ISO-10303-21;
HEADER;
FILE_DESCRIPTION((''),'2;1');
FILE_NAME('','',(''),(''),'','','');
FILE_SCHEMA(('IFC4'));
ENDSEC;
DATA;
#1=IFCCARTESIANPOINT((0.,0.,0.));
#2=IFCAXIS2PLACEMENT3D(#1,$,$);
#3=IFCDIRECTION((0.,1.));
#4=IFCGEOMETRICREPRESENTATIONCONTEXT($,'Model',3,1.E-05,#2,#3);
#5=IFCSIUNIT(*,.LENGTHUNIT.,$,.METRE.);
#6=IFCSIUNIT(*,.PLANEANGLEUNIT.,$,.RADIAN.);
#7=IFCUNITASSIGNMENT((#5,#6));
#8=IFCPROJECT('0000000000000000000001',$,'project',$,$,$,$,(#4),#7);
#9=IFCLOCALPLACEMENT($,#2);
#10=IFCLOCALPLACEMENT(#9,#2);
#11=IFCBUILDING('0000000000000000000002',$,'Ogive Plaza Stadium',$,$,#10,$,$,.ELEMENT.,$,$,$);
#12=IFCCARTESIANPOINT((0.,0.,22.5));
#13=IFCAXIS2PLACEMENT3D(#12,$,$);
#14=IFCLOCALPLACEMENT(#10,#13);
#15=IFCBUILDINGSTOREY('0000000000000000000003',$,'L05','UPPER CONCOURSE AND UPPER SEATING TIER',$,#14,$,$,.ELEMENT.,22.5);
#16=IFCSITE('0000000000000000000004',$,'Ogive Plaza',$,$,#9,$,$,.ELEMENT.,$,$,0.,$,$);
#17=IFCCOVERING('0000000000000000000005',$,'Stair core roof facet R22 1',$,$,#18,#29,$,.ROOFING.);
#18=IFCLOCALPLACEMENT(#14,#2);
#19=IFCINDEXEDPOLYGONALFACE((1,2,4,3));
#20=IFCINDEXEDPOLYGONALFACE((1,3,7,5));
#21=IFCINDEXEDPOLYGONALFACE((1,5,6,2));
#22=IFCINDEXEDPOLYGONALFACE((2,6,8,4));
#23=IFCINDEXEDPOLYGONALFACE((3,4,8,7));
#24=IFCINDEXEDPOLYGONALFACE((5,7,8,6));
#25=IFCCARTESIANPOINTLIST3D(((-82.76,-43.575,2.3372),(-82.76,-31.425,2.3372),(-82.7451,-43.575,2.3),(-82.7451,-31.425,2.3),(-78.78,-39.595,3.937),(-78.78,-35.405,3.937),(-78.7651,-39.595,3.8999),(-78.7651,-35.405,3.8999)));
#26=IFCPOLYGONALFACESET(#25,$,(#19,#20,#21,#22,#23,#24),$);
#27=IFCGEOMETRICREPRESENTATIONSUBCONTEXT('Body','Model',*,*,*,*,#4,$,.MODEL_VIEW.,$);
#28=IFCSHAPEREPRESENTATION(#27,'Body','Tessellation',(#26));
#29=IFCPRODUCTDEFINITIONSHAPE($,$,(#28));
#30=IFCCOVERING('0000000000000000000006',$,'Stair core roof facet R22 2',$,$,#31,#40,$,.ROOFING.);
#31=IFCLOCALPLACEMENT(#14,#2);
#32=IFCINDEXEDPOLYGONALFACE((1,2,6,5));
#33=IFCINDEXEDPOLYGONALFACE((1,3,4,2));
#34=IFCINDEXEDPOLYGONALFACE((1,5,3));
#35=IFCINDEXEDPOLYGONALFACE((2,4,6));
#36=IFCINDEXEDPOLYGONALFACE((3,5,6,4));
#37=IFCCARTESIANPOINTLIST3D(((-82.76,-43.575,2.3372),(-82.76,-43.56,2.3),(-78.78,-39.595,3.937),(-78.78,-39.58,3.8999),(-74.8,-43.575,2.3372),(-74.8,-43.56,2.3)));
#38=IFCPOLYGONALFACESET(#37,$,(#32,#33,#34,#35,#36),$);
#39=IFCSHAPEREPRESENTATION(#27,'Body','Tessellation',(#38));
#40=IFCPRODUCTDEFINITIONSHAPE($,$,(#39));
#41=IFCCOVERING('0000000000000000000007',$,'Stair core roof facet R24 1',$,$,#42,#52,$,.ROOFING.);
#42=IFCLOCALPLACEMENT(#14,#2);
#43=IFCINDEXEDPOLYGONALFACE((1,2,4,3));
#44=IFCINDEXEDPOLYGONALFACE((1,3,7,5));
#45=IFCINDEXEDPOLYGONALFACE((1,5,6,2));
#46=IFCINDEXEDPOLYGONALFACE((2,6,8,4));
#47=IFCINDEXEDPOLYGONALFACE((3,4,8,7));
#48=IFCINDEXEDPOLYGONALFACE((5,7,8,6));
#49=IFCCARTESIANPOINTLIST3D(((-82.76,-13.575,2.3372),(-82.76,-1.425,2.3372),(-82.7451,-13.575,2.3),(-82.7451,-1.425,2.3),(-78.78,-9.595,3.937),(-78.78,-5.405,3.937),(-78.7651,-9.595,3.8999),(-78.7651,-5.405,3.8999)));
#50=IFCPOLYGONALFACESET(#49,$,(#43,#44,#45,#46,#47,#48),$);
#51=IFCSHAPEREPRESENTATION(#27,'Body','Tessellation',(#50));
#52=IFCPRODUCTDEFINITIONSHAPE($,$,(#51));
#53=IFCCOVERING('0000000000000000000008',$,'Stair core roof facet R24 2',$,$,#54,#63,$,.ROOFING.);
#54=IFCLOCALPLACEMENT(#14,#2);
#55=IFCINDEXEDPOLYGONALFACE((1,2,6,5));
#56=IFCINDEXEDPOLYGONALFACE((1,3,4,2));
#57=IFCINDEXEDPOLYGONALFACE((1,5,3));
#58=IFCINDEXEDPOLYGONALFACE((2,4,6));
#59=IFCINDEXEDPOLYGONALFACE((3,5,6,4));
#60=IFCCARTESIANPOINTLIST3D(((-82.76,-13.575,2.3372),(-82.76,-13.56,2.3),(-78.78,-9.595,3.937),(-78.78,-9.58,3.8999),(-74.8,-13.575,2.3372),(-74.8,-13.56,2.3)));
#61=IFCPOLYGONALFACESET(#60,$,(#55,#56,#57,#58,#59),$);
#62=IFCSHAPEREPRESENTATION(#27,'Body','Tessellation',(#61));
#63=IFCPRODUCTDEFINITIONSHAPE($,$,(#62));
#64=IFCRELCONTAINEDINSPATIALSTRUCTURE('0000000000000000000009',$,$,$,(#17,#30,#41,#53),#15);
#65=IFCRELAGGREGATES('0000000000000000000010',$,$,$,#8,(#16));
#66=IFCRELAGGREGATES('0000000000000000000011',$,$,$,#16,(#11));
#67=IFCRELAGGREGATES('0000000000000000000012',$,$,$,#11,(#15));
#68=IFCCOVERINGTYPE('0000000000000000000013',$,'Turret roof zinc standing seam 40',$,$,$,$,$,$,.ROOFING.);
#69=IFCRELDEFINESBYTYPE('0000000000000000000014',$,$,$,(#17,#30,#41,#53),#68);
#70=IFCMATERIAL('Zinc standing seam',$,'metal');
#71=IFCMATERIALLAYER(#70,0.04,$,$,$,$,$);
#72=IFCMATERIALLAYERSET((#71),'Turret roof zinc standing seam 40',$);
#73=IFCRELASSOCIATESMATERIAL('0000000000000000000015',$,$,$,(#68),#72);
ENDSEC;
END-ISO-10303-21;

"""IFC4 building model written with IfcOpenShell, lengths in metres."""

from ifc_helpers import new_model, si_unit, direction, frame, origin, place, context, subcontext, project, spatial, polyline, outline, extrude, material, layer, layer_set, type_object, element, save


model = new_model("IFC4")

# Units and contexts
model_context = context("Model", 3, precision=1e-05, world=origin(), true_north=direction((0.0, 1.0)))
body_context = subcontext(model_context, "Body", "Model", "MODEL_VIEW")
ifc_project = project(units=[si_unit("LENGTHUNIT", "METRE"), si_unit("PLANEANGLEUNIT", "RADIAN")], contexts=[model_context])

# Site, building, storey
site_placement = place(None, origin())
site = spatial("IfcSite", under=ifc_project, at=site_placement, Name="Ogive Plaza", CompositionType="ELEMENT", RefElevation=0.0)
building_placement = place(site_placement, origin())
building = spatial("IfcBuilding", under=site, at=building_placement, Name="Ogive Plaza Stadium", CompositionType="ELEMENT")
storey_placement = place(building_placement, frame((0.0, 0.0, 22.5)))
storey = spatial("IfcBuildingStorey", under=building, at=storey_placement, Name="L05", Description="UPPER CONCOURSE AND UPPER SEATING TIER", CompositionType="ELEMENT", Elevation=22.5)

# Coverings
ifc_material_1 = material(Name="Zinc standing seam", Category="metal")
ifc_layer_1 = layer(ifc_material_1, 0.04)
ifc_layer_set_1 = layer_set([ifc_layer_1], Name="Turret roof zinc standing seam 40")
covering_type_1 = type_object("IfcCoveringType", Name="Turret roof zinc standing seam 40", PredefinedType="ROOFING", material=ifc_layer_set_1)
covering_1_placement = place(storey_placement, frame((-82.76, -31.425, 2.3372), z_axis=(-0.37297, 0.0, 0.927843), x_axis=(0.0, -1.0, 0.0)))
element("IfcCovering", 1, at=covering_1_placement, inside=storey, type_object=covering_type_1, Name="Stair core roof facet R22 1", PredefinedType="ROOFING", context=body_context, shape_type="SweptSolid", body=[
    extrude(outline(polyline([(0.0, 0.0), (12.1499, 0.0), (8.1699, 4.2895), (3.98, 4.2895), (0.0, 0.0)])), origin(), (0.0, 0.0, -1.0), 0.04),
])
covering_2_placement = place(storey_placement, frame((-82.76, -43.575, 2.3372), z_axis=(0.0, -0.37297, 0.927843), x_axis=(1.0, 0.0, 0.0)))
element("IfcCovering", 2, at=covering_2_placement, inside=storey, type_object=covering_type_1, Name="Stair core roof facet R22 2", PredefinedType="ROOFING", context=body_context, shape_type="SweptSolid", body=[
    extrude(outline(polyline([(0.0, 0.0), (7.96, 0.0), (3.98, 4.2895), (0.0, 0.0)])), origin(), (0.0, 0.0, -1.0), 0.04),
])
covering_3_placement = place(storey_placement, frame((-82.76, -1.425, 2.3372), z_axis=(-0.37297, 0.0, 0.927843), x_axis=(0.0, -1.0, 0.0)))
element("IfcCovering", 3, at=covering_3_placement, inside=storey, type_object=covering_type_1, Name="Stair core roof facet R24 1", PredefinedType="ROOFING", context=body_context, shape_type="SweptSolid", body=[
    extrude(outline(polyline([(0.0, 0.0), (12.1499, 0.0), (8.1699, 4.2895), (3.98, 4.2895), (0.0, 0.0)])), origin(), (0.0, 0.0, -1.0), 0.04),
])
covering_4_placement = place(storey_placement, frame((-82.76, -13.575, 2.3372), z_axis=(0.0, -0.37297, 0.927843), x_axis=(1.0, 0.0, 0.0)))
element("IfcCovering", 4, at=covering_4_placement, inside=storey, type_object=covering_type_1, Name="Stair core roof facet R24 2", PredefinedType="ROOFING", context=body_context, shape_type="SweptSolid", body=[
    extrude(outline(polyline([(0.0, 0.0), (7.96, 0.0), (3.98, 4.2895), (0.0, 0.0)])), origin(), (0.0, 0.0, -1.0), 0.04),
])

save(model, "model.ifc")
